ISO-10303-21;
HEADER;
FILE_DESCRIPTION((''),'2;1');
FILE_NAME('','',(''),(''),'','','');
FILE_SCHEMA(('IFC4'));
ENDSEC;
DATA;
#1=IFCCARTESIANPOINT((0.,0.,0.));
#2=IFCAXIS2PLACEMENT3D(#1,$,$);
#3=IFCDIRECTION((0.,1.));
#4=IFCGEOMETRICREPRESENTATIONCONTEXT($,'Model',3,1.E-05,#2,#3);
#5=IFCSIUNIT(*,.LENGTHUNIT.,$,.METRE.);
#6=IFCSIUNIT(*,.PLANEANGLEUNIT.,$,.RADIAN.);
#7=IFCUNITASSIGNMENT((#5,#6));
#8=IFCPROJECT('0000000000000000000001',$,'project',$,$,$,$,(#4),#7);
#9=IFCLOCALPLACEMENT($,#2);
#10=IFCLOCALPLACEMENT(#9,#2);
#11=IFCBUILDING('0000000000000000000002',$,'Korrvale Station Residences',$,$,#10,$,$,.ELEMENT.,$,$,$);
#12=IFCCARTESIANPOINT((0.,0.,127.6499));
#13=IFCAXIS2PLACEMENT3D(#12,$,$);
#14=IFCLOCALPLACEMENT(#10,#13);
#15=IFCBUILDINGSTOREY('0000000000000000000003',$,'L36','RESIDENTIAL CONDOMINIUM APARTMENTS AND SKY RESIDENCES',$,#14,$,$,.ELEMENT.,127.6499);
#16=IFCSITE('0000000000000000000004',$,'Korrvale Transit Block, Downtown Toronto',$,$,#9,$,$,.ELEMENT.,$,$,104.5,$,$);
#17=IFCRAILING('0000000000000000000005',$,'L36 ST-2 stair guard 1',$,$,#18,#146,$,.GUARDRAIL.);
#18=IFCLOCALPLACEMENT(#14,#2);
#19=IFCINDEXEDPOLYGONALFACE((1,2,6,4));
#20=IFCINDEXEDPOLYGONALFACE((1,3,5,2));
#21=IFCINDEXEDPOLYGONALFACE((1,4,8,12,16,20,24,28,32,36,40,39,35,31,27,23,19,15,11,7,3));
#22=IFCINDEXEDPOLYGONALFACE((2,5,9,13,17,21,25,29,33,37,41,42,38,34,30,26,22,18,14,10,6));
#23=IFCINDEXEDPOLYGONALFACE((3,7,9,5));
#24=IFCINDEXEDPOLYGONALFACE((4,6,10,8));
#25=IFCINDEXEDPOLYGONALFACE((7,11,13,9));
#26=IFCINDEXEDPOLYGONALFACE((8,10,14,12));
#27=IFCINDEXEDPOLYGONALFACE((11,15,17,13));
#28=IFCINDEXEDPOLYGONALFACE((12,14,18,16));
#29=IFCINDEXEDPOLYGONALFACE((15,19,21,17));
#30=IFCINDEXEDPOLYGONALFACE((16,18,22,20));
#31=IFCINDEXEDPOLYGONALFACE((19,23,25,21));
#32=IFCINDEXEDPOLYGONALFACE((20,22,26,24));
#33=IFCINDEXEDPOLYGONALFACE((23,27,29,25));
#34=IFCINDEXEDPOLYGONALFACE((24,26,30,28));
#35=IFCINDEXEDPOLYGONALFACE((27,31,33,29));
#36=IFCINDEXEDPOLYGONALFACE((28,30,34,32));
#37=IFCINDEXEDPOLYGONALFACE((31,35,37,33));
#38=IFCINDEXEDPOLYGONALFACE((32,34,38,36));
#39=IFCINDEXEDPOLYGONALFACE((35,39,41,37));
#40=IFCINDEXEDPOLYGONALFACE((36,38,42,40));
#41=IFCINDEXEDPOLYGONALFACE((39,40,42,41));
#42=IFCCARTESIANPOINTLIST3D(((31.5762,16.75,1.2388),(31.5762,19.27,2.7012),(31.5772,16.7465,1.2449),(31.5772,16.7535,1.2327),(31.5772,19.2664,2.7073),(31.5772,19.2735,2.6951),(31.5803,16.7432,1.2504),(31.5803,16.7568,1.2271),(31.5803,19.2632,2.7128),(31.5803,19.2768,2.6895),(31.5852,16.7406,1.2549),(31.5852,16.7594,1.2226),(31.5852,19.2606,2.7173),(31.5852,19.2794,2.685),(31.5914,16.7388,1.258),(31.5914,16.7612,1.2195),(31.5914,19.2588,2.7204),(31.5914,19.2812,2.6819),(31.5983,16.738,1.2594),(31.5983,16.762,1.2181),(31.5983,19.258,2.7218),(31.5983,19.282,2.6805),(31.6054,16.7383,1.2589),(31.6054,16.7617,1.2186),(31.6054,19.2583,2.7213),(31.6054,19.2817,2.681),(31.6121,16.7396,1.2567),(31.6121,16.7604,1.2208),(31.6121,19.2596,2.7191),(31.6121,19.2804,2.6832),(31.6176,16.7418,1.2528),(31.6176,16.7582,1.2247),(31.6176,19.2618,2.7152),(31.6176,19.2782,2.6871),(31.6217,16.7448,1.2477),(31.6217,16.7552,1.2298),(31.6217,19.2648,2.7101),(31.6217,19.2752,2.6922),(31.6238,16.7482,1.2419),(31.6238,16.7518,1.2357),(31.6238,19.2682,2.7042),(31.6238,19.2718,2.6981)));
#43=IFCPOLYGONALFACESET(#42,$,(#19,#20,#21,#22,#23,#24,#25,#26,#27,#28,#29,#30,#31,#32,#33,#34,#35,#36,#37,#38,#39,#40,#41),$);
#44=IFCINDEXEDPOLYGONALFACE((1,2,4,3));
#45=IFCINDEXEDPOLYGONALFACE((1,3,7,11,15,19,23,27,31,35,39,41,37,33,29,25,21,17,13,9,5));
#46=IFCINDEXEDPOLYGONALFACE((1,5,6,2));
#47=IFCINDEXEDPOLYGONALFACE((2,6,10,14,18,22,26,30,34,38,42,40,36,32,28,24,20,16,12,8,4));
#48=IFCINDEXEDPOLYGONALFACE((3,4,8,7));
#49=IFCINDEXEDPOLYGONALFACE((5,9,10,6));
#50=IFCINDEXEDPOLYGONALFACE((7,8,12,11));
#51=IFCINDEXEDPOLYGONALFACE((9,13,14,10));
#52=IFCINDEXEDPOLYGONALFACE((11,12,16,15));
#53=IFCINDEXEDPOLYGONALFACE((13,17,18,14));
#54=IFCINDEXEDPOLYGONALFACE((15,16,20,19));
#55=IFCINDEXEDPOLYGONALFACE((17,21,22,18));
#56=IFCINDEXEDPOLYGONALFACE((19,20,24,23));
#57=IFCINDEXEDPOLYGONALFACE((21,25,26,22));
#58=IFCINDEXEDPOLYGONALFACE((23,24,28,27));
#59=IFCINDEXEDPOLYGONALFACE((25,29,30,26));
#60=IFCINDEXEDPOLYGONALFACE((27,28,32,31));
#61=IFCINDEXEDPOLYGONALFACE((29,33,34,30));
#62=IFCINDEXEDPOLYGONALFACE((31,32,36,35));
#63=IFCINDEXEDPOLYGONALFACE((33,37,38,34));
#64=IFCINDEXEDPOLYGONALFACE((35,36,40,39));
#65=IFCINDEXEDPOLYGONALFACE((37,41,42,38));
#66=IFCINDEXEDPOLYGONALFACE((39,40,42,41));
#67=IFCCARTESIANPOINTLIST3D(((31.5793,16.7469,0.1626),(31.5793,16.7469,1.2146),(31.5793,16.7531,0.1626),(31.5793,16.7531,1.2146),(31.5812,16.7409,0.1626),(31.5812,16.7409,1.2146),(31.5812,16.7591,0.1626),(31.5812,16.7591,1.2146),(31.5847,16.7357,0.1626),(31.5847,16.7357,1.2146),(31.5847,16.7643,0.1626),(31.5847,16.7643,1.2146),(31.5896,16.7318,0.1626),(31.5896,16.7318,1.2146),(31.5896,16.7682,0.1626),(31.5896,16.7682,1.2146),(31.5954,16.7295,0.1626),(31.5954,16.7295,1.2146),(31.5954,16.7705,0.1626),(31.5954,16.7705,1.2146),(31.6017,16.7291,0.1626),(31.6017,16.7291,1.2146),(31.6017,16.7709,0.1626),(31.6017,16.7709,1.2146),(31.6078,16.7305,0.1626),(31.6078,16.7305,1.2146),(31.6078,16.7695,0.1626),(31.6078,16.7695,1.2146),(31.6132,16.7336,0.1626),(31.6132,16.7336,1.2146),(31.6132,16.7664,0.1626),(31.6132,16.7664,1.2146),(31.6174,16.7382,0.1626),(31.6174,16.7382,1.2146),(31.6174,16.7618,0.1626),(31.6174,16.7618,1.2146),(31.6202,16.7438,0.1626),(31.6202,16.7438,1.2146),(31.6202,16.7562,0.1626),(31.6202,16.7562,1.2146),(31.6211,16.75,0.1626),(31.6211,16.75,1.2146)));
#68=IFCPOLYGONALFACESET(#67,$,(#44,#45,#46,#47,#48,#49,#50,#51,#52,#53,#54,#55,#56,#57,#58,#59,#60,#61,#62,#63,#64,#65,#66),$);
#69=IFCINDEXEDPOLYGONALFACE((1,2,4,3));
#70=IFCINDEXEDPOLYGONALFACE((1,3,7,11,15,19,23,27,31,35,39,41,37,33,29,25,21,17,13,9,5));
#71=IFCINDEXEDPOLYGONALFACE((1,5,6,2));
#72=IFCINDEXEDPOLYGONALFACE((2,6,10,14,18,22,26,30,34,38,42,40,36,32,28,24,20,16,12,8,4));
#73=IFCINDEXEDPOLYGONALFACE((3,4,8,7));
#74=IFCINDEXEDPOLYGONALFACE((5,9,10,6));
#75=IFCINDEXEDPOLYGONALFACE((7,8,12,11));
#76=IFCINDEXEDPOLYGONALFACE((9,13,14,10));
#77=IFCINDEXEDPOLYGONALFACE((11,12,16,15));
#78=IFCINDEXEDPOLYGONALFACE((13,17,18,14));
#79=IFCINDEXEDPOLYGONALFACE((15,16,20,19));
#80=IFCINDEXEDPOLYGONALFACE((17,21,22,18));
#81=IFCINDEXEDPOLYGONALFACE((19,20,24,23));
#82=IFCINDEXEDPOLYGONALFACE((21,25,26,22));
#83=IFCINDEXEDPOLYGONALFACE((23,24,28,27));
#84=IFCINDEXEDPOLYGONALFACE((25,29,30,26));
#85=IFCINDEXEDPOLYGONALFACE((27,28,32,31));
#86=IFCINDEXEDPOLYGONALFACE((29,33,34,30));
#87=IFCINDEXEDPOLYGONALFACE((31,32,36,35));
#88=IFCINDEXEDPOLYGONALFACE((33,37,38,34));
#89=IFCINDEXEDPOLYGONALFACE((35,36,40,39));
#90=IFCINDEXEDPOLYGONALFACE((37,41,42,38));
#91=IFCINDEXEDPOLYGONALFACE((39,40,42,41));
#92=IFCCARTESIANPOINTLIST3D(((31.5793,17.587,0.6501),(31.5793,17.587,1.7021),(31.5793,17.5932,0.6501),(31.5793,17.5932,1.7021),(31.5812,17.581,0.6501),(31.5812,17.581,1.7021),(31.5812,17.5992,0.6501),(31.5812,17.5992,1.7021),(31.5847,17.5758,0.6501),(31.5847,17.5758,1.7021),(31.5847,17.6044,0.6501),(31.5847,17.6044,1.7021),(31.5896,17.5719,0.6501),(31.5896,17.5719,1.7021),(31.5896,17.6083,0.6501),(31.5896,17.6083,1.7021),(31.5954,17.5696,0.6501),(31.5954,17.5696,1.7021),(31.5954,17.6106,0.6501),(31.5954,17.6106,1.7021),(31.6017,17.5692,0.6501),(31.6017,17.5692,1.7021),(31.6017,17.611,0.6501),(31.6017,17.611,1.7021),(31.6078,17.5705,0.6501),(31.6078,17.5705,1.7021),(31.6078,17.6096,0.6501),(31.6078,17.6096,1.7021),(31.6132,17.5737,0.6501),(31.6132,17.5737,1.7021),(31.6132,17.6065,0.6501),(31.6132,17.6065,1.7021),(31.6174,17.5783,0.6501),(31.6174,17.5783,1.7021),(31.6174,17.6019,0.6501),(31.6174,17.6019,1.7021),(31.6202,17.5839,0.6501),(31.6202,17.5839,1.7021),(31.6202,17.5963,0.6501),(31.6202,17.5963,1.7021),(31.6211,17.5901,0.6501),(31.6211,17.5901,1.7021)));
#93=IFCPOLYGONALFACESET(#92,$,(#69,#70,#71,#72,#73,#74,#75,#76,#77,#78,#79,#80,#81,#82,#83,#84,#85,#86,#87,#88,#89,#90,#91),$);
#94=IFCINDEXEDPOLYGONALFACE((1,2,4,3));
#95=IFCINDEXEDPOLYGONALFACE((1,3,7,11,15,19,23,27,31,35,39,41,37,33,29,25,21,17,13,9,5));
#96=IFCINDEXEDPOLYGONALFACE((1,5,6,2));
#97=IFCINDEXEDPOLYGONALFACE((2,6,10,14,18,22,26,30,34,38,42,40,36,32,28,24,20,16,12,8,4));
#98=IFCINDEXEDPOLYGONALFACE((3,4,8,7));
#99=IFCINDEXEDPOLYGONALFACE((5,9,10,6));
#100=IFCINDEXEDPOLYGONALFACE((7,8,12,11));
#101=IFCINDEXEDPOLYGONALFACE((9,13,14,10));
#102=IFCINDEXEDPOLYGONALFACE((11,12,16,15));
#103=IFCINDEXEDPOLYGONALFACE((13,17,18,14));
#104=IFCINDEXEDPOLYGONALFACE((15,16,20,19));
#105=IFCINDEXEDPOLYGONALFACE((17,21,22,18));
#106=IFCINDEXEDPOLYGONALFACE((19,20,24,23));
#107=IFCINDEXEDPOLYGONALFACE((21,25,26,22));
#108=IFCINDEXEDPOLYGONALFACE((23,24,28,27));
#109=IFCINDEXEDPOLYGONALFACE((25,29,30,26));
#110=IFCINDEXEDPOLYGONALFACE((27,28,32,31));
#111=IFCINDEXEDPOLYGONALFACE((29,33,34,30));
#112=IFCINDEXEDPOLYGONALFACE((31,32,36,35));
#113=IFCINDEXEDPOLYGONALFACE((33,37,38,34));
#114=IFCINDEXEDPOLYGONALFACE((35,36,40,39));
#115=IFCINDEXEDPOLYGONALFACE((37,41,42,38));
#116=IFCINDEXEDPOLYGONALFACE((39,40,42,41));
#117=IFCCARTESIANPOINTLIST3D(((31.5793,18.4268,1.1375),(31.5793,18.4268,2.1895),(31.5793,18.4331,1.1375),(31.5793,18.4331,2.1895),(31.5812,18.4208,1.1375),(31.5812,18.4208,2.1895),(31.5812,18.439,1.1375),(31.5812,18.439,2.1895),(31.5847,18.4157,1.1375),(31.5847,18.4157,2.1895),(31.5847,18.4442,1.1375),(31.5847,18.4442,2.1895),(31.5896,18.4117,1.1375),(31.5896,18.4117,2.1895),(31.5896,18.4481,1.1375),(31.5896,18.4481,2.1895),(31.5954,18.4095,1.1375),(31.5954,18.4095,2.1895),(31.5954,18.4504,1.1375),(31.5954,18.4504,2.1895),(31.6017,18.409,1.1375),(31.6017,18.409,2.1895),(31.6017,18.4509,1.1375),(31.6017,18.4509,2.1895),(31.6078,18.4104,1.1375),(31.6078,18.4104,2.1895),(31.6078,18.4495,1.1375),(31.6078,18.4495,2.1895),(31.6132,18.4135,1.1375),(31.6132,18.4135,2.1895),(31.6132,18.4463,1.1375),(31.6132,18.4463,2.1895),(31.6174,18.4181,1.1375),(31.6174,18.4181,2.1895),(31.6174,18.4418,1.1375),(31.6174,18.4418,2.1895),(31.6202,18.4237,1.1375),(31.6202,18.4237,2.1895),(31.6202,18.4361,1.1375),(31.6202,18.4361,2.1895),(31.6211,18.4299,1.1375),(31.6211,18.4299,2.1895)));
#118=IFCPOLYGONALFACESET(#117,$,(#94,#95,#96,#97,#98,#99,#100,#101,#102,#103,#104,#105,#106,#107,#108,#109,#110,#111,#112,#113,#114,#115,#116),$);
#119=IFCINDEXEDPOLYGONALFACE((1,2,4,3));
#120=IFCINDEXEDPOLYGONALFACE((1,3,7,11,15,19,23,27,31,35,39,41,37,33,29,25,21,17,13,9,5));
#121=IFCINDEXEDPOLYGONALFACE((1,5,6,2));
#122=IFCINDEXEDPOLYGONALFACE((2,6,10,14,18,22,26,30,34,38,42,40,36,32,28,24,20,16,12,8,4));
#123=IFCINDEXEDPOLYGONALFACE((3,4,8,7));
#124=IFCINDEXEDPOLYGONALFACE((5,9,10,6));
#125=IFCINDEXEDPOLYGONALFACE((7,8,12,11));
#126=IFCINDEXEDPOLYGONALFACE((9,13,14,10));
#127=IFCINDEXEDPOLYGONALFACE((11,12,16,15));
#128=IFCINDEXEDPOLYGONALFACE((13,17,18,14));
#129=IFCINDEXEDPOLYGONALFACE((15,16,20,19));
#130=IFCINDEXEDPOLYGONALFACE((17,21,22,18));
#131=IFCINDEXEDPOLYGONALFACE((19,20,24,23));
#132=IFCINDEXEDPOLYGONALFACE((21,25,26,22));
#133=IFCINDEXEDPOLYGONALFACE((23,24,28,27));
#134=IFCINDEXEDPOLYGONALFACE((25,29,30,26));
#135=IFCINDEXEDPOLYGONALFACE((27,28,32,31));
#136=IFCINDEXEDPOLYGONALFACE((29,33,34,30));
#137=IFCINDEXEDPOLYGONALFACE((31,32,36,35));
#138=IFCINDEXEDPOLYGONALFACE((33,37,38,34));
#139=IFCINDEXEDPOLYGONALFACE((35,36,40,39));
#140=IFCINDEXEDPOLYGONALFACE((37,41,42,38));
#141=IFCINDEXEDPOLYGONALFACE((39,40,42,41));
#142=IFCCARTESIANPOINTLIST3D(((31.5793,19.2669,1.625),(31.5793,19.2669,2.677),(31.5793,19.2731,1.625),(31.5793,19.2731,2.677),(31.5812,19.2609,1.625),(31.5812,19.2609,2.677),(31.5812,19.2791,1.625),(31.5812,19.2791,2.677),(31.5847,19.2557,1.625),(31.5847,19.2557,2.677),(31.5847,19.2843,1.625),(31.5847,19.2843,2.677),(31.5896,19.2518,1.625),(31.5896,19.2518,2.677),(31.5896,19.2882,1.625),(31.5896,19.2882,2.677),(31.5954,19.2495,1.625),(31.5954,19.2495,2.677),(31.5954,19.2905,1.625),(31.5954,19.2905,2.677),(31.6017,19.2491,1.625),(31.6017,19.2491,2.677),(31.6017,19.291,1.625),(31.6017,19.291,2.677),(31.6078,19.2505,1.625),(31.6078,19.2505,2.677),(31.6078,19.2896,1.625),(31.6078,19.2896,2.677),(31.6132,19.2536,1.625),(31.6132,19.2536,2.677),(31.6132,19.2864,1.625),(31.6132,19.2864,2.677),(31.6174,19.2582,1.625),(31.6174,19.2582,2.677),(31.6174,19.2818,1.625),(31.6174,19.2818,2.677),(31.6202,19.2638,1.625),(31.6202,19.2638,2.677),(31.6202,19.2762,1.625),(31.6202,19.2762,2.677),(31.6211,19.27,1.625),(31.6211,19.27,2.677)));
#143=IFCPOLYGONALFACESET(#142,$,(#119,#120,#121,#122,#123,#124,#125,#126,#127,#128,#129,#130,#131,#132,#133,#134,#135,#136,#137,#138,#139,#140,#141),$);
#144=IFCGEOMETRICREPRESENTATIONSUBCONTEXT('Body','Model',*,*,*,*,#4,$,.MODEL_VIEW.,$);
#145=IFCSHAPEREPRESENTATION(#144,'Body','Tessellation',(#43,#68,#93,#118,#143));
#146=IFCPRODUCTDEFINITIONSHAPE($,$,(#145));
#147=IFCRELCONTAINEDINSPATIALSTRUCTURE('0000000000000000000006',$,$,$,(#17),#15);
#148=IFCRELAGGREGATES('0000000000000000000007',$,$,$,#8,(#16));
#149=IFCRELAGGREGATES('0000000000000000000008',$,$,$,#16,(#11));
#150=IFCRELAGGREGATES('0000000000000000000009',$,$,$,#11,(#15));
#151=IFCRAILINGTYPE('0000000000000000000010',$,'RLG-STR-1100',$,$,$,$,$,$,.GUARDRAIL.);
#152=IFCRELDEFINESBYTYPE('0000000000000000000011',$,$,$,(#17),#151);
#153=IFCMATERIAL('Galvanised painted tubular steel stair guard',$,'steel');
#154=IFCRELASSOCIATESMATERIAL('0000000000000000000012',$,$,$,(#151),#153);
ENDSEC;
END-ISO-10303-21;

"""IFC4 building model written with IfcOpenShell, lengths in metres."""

from ifc_helpers import new_model, si_unit, direction, frame, origin, origin_2d, place, context, subcontext, project, spatial, circle, extrude, material, type_object, element, save


model = new_model("IFC4")

# Units and contexts
model_context = context("Model", 3, precision=1e-05, world=origin(), true_north=direction((0.0, 1.0)))
body_context = subcontext(model_context, "Body", "Model", "MODEL_VIEW")
ifc_project = project(units=[si_unit("LENGTHUNIT", "METRE"), si_unit("PLANEANGLEUNIT", "RADIAN")], contexts=[model_context])

# Site, building, storey
site_placement = place(None, origin())
site = spatial("IfcSite", under=ifc_project, at=site_placement, Name="Korrvale Transit Block, Downtown Toronto", CompositionType="ELEMENT", RefElevation=104.5)
building_placement = place(site_placement, origin())
building = spatial("IfcBuilding", under=site, at=building_placement, Name="Korrvale Station Residences", CompositionType="ELEMENT")
storey_placement = place(building_placement, frame((0.0, 0.0, 127.6499)))
storey = spatial("IfcBuildingStorey", under=building, at=storey_placement, Name="L36", Description="RESIDENTIAL CONDOMINIUM APARTMENTS AND SKY RESIDENCES", CompositionType="ELEMENT", Elevation=127.6499)

# Railing
ifc_material_1 = material(Name="Galvanised painted tubular steel stair guard", Category="steel")
railing_type_1 = type_object("IfcRailingType", Name="RLG-STR-1100", PredefinedType="GUARDRAIL", material=ifc_material_1)
railing_1_placement = place(storey_placement, frame((31.6001, 16.75, 0.1626)))
element("IfcRailing", 1, at=railing_1_placement, inside=storey, type_object=railing_type_1, Name="L36 ST-2 stair guard 1", PredefinedType="GUARDRAIL", context=body_context, shape_type="SweptSolid", body=[
    extrude(circle(Radius=0.0239, at=origin_2d()), frame((0.0, 0.0, 1.0762), z_axis=(0.0, 0.864913, 0.501921), x_axis=(-1.0, 0.0, 0.0)), (0.0, 0.0, 1.0), 2.9136),
    extrude(circle(Radius=0.021, at=origin_2d()), origin(), (0.0, 0.0, 1.0), 1.052),
    extrude(circle(Radius=0.021, at=origin_2d()), frame((0.0, 0.8401, 0.4875)), (0.0, 0.0, 1.0), 1.052),
    extrude(circle(Radius=0.021, at=origin_2d()), frame((0.0, 1.6799, 0.9749)), (0.0, 0.0, 1.0), 1.052),
    extrude(circle(Radius=0.021, at=origin_2d()), frame((0.0, 2.52, 1.4624)), (0.0, 0.0, 1.0), 1.052),
])

save(model, "model.ifc")
